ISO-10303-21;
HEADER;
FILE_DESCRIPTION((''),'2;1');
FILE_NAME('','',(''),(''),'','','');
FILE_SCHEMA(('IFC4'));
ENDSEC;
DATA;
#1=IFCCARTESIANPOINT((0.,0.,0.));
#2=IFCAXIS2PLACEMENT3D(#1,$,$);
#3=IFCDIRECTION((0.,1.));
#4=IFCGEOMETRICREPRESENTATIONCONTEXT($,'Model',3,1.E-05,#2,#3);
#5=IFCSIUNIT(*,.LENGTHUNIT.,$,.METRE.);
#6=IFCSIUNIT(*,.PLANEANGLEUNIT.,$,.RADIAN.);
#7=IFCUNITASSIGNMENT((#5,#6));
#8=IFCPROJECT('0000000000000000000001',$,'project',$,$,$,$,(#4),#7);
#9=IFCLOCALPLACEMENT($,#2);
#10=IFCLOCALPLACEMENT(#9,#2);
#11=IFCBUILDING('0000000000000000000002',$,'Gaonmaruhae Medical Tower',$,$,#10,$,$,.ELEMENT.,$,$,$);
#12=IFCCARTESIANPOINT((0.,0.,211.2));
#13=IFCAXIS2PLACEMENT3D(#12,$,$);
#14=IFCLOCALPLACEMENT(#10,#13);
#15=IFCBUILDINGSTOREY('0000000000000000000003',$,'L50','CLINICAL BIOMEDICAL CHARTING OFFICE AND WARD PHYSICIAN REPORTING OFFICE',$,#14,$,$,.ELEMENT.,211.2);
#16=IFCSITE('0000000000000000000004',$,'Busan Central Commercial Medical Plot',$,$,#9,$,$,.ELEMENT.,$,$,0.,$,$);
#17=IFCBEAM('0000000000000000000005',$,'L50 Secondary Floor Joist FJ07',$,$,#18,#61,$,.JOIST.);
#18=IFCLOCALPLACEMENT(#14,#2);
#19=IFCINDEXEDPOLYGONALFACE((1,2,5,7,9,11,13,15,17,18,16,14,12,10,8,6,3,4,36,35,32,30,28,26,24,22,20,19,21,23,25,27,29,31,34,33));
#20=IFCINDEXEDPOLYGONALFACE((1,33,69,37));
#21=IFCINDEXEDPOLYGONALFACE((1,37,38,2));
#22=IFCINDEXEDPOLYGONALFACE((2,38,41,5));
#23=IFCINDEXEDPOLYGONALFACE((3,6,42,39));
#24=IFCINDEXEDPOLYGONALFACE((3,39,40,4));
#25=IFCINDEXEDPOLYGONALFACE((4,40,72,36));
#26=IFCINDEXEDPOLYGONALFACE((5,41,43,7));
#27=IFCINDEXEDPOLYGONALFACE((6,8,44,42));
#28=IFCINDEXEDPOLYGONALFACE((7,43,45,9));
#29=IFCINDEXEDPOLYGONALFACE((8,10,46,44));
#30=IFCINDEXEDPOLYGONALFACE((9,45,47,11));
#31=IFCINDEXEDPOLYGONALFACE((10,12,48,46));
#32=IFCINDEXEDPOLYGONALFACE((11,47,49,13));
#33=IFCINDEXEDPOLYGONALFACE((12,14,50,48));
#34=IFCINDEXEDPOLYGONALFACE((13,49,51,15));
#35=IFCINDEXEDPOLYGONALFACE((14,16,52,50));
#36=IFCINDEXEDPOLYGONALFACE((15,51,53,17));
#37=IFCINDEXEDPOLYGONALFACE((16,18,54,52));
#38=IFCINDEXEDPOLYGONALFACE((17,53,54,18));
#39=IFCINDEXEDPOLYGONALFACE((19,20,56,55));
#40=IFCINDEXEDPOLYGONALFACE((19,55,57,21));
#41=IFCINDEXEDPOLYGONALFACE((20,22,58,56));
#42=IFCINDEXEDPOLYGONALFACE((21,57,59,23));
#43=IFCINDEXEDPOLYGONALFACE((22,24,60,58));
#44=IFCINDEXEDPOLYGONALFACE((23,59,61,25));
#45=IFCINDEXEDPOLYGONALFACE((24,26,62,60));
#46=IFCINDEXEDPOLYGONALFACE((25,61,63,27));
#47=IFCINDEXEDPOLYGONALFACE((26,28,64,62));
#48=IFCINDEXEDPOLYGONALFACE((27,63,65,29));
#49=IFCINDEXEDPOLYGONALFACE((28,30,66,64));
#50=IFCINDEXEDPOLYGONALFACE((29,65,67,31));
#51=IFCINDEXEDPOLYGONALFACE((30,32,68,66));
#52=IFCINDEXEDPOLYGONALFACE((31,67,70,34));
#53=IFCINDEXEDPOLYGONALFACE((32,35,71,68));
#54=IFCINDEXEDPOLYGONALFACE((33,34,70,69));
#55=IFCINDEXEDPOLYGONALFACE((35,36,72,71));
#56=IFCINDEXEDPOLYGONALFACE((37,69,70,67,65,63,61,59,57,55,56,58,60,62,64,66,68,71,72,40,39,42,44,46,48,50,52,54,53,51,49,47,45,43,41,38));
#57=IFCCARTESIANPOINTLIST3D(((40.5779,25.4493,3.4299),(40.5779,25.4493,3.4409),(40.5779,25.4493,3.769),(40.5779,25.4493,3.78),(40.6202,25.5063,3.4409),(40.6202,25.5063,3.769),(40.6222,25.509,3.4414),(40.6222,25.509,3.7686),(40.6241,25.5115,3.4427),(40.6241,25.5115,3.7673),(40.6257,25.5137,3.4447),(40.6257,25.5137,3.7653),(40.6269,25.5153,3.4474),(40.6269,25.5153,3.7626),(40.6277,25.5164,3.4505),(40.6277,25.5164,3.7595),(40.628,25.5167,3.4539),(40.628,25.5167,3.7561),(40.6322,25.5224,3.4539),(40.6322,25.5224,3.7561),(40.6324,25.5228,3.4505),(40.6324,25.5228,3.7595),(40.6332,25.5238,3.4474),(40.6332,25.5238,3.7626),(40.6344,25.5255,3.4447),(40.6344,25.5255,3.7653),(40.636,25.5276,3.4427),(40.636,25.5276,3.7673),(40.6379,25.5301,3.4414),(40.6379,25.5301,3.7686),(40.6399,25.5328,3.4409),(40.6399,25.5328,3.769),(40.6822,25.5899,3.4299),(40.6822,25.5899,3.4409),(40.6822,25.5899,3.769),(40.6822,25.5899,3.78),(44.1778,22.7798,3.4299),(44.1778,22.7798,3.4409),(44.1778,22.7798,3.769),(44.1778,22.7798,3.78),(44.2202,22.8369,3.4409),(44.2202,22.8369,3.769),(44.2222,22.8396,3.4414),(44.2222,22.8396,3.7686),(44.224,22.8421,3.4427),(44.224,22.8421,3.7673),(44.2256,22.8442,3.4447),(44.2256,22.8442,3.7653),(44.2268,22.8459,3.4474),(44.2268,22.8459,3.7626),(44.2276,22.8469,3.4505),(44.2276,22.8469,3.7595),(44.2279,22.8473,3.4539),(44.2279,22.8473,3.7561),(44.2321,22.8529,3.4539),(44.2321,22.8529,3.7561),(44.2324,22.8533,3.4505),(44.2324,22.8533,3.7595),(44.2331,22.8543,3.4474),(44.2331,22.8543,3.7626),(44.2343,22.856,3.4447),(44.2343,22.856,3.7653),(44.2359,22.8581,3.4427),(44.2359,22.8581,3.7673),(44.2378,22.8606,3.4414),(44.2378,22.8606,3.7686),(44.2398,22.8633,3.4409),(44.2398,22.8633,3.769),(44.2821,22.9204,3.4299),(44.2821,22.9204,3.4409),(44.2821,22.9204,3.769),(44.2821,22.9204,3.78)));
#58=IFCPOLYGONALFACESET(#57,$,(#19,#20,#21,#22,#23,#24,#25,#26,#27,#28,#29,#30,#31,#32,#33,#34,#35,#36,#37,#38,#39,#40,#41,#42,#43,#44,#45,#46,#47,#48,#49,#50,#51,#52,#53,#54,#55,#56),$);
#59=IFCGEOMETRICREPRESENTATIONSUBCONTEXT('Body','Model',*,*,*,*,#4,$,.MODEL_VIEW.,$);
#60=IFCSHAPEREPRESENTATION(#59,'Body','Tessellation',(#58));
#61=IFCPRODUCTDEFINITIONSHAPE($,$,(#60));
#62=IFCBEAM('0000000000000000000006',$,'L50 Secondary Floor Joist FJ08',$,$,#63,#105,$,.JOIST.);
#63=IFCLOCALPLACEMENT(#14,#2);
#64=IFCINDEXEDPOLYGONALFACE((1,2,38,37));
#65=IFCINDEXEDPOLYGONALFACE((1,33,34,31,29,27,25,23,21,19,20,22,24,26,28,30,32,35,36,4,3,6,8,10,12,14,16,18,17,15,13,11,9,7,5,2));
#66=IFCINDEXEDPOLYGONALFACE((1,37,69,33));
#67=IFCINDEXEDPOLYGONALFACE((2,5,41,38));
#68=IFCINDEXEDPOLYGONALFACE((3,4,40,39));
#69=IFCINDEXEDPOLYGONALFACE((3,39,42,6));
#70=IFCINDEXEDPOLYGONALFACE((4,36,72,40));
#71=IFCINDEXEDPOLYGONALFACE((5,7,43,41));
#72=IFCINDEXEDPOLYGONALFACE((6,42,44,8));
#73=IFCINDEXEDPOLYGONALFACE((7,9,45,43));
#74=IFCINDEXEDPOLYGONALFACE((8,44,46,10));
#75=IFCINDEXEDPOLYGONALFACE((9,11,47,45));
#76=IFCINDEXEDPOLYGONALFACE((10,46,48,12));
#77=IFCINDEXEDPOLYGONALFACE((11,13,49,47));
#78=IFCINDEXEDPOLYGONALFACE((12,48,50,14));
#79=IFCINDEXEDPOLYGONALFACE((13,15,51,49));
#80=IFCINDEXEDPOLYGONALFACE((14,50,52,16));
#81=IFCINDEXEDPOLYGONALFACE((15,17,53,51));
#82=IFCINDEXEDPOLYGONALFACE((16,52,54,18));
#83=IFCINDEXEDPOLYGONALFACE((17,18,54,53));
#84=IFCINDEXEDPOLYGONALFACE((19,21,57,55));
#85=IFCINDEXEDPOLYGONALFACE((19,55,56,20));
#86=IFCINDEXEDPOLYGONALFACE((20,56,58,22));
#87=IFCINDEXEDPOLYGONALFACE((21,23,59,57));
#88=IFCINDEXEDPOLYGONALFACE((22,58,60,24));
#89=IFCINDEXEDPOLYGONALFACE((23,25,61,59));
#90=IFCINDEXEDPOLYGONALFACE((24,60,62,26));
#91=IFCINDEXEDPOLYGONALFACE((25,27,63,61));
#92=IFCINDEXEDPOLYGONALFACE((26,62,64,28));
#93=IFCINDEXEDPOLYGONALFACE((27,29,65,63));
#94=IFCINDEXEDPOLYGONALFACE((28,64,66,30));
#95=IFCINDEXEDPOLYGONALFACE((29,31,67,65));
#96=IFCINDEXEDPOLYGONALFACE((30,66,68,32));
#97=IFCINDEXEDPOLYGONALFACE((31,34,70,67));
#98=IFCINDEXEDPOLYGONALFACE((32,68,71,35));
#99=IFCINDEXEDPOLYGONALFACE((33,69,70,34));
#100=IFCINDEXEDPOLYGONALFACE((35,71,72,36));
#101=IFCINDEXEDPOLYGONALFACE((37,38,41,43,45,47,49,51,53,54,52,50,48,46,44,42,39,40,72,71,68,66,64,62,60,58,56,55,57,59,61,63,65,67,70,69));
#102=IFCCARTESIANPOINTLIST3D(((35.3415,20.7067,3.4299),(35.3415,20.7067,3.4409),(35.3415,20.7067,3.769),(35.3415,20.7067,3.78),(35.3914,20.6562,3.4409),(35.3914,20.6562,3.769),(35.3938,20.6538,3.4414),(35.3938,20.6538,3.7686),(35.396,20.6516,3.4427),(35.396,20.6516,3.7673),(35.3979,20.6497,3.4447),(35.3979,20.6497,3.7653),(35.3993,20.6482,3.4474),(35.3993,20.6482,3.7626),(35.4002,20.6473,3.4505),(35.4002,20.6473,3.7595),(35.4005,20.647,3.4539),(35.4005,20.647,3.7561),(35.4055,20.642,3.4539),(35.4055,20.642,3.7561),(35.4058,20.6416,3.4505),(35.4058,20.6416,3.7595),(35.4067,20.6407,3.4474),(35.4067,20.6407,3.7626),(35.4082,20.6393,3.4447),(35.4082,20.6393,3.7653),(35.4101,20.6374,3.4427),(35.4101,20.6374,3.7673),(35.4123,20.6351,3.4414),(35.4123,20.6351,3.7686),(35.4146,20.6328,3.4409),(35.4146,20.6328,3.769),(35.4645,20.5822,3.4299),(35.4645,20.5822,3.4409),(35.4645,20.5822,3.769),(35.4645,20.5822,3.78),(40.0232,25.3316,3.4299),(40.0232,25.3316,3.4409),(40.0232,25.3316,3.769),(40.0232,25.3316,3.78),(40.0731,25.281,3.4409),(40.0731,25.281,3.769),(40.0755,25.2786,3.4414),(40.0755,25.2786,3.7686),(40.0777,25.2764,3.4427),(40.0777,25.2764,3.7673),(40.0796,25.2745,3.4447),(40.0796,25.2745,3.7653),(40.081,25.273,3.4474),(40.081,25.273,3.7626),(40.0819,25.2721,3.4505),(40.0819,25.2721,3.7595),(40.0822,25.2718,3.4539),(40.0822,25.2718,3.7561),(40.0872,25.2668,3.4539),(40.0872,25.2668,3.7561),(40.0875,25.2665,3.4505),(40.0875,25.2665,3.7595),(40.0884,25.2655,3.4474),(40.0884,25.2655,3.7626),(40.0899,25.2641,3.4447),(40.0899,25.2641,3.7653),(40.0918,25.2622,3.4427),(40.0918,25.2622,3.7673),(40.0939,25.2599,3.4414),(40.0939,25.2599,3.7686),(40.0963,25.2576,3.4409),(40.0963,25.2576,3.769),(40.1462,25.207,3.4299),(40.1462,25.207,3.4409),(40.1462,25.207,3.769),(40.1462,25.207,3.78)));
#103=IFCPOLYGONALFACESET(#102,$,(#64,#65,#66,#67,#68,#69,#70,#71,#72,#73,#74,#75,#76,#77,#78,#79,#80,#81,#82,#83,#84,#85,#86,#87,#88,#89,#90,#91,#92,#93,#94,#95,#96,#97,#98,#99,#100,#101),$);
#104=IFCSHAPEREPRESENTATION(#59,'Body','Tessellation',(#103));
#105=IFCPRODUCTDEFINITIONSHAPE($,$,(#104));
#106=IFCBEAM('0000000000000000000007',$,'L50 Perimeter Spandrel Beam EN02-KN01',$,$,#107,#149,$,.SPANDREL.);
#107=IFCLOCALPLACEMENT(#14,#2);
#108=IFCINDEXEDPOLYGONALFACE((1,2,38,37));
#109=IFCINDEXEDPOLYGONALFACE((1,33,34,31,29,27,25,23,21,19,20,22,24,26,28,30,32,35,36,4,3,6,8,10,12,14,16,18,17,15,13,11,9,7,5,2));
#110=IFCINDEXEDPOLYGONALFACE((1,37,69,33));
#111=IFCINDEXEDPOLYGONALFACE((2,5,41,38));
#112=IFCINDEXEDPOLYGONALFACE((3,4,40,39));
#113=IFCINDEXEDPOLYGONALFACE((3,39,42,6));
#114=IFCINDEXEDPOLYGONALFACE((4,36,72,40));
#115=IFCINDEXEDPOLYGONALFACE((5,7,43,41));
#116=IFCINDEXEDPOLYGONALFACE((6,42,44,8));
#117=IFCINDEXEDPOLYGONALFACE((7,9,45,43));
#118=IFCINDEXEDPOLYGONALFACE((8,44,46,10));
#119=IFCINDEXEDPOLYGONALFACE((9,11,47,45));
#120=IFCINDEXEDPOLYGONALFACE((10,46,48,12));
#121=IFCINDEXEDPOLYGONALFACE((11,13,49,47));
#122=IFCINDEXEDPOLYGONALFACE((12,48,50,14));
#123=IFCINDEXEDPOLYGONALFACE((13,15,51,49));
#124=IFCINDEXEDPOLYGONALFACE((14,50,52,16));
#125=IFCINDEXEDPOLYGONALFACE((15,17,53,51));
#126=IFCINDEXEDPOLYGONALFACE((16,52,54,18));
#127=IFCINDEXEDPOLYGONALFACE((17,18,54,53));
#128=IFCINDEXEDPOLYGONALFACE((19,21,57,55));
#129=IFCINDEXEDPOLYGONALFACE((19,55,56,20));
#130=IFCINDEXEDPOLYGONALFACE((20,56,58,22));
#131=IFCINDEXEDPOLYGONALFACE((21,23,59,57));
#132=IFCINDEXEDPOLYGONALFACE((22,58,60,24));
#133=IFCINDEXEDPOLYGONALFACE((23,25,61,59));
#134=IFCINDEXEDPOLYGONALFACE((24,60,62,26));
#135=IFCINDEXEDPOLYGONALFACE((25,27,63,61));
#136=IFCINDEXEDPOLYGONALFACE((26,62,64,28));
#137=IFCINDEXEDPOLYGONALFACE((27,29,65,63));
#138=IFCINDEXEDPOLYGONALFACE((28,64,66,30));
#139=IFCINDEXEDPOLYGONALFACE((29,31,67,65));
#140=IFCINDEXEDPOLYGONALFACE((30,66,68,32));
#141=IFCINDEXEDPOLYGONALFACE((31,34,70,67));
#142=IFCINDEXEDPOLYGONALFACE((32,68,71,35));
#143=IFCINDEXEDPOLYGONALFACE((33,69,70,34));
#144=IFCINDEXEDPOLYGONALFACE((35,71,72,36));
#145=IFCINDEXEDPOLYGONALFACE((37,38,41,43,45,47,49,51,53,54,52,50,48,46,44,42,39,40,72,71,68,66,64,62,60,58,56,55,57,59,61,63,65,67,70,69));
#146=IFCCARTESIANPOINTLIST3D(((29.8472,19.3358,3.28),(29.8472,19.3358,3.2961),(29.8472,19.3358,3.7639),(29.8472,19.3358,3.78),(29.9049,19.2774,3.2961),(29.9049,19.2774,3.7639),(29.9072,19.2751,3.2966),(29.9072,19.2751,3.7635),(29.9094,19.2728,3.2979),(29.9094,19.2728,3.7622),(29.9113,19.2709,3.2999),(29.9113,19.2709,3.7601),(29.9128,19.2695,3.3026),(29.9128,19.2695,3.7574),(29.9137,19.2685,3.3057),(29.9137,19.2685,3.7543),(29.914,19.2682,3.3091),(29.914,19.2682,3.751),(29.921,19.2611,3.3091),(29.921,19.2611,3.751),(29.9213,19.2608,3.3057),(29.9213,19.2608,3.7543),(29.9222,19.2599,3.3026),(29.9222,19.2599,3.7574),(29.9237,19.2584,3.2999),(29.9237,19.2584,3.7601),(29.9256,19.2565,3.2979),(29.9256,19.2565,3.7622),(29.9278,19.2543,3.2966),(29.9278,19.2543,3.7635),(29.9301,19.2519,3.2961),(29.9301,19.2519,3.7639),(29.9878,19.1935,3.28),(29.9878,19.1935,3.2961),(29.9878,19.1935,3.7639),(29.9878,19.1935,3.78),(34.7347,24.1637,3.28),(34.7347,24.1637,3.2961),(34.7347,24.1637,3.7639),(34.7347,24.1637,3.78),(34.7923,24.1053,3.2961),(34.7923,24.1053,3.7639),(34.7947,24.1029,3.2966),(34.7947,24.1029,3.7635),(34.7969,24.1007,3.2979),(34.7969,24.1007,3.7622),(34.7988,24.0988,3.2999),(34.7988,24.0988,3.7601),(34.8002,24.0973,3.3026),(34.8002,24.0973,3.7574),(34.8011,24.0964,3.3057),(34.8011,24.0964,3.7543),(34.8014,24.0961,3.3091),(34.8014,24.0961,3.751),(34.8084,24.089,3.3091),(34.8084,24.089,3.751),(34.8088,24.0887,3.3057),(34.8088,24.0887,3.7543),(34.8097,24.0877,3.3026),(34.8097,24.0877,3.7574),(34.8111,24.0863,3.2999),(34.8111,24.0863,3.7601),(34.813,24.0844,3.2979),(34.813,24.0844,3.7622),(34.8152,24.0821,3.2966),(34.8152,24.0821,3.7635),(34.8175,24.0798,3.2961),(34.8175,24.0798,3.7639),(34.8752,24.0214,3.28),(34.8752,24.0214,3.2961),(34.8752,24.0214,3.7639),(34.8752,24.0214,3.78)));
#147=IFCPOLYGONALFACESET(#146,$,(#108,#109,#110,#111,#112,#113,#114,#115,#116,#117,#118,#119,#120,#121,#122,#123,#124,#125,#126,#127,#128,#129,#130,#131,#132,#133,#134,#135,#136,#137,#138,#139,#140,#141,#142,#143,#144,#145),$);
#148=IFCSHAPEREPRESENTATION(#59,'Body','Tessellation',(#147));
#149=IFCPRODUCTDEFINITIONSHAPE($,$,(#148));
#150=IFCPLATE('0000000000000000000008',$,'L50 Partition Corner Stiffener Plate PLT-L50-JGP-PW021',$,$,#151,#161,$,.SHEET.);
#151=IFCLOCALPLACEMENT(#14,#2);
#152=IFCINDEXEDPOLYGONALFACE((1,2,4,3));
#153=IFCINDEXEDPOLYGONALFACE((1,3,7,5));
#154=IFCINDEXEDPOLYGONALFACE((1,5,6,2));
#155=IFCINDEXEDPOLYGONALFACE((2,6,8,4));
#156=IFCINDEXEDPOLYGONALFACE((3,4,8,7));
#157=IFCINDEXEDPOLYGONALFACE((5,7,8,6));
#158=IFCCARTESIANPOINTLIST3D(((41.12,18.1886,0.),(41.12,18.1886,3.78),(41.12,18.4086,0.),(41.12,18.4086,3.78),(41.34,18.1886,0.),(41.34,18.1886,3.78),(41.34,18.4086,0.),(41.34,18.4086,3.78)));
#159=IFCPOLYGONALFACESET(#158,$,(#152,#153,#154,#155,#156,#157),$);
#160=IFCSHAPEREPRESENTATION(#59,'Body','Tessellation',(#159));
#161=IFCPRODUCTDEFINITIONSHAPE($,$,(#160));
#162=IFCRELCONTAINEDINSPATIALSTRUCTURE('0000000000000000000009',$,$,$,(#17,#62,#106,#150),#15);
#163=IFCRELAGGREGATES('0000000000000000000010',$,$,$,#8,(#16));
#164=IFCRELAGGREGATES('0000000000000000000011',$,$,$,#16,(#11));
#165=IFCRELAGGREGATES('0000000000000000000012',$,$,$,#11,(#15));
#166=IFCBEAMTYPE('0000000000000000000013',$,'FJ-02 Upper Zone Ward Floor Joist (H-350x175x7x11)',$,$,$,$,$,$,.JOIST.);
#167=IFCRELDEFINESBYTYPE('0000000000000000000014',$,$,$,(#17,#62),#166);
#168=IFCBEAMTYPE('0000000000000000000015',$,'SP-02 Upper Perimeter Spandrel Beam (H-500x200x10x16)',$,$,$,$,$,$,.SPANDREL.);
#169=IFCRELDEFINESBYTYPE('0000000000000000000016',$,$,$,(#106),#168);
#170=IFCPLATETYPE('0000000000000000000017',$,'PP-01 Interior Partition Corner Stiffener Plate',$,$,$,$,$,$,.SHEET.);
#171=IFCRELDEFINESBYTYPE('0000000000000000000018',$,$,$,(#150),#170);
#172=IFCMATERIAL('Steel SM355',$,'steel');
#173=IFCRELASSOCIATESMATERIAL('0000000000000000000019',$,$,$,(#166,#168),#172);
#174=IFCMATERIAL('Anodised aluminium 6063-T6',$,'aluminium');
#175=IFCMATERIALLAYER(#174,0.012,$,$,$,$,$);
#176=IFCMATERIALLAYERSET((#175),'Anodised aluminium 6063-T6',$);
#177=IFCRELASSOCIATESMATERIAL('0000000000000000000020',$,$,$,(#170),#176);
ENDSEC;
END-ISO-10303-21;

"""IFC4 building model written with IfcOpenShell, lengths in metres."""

from ifc_helpers import new_model, si_unit, direction, frame, origin, origin_2d, place, context, subcontext, project, spatial, rectangle, i_section, extrude, material, layer, layer_set, material_profile, profile_set, type_object, element, save


model = new_model("IFC4")

# Units and contexts
model_context = context("Model", 3, precision=1e-05, world=origin(), true_north=direction((0.0, 1.0)))
body_context = subcontext(model_context, "Body", "Model", "MODEL_VIEW")
ifc_project = project(units=[si_unit("LENGTHUNIT", "METRE"), si_unit("PLANEANGLEUNIT", "RADIAN")], contexts=[model_context])

# Site, building, storey
site_placement = place(None, origin())
site = spatial("IfcSite", under=ifc_project, at=site_placement, Name="Busan Central Commercial Medical Plot", CompositionType="ELEMENT", RefElevation=0.0)
building_placement = place(site_placement, origin())
building = spatial("IfcBuilding", under=site, at=building_placement, Name="Gaonmaruhae Medical Tower", CompositionType="ELEMENT")
storey_placement = place(building_placement, frame((0.0, 0.0, 211.2)))
storey = spatial("IfcBuildingStorey", under=building, at=storey_placement, Name="L50", Description="CLINICAL BIOMEDICAL CHARTING OFFICE AND WARD PHYSICIAN REPORTING OFFICE", CompositionType="ELEMENT", Elevation=211.2)

# Beams
ifc_material_1 = material(Name="Steel SM355", Category="steel")
ifc_material_profile_1 = material_profile(ifc_material_1, i_section(OverallWidth=0.175, OverallDepth=0.3501, WebThickness=0.0071, FlangeThickness=0.011, FilletRadius=0.0129, at=origin_2d()), Name="H-350x175x7x11")
ifc_profile_set_1 = profile_set([ifc_material_profile_1], Name="Steel SM355")
beam_type_1 = type_object("IfcBeamType", Name="FJ-02 Upper Zone Ward Floor Joist (H-350x175x7x11)", PredefinedType="JOIST", material=ifc_profile_set_1)
beam_1_placement = place(storey_placement, frame((44.23, 22.8501, 3.605), z_axis=(-0.80325, 0.595642, 0.0), x_axis=(-0.595642, -0.80325, 0.0)))
element("IfcBeam", 1, at=beam_1_placement, inside=storey, type_object=beam_type_1, Name="L50 Secondary Floor Joist FJ07", PredefinedType="JOIST", context=body_context, shape_type="SweptSolid", body=[
    extrude(i_section(OverallWidth=0.175, OverallDepth=0.3501, WebThickness=0.0071, FlangeThickness=0.011, FilletRadius=0.0129, at=origin_2d()), origin(), (0.0, 0.0, 1.0), 4.4817),
])
beam_2_placement = place(storey_placement, frame((40.0847, 25.2693, 3.605), z_axis=(-0.711416, -0.702772, 0.0), x_axis=(0.702772, -0.711416, 0.0)))
element("IfcBeam", 2, at=beam_2_placement, inside=storey, type_object=beam_type_1, Name="L50 Secondary Floor Joist FJ08", PredefinedType="JOIST", context=body_context, shape_type="SweptSolid", body=[
    extrude(i_section(OverallWidth=0.175, OverallDepth=0.3501, WebThickness=0.0071, FlangeThickness=0.011, FilletRadius=0.0129, at=origin_2d()), origin(), (0.0, 0.0, 1.0), 6.5808),
])
ifc_material_profile_2 = material_profile(ifc_material_1, i_section(OverallWidth=0.2, OverallDepth=0.5, WebThickness=0.01, FlangeThickness=0.0161, FilletRadius=0.0129, at=origin_2d()), Name="H-500x200x10x16")
ifc_profile_set_2 = profile_set([ifc_material_profile_2], Name="Steel SM355")
beam_type_2 = type_object("IfcBeamType", Name="SP-02 Upper Perimeter Spandrel Beam (H-500x200x10x16)", PredefinedType="SPANDREL", material=ifc_profile_set_2)
beam_3_placement = place(storey_placement, frame((34.8049, 24.0925, 3.53), z_axis=(-0.711429, -0.702758, 0.0), x_axis=(0.702758, -0.711429, 0.0)))
element("IfcBeam", 3, at=beam_3_placement, inside=storey, type_object=beam_type_2, Name="L50 Perimeter Spandrel Beam EN02-KN01", PredefinedType="SPANDREL", context=body_context, shape_type="SweptSolid", body=[
    extrude(i_section(OverallWidth=0.2, OverallDepth=0.5, WebThickness=0.01, FlangeThickness=0.0161, FilletRadius=0.0129, at=origin_2d()), origin(), (0.0, 0.0, 1.0), 6.8699),
])

# Plate
ifc_material_2 = material(Name="Anodised aluminium 6063-T6", Category="aluminium")
ifc_layer_1 = layer(ifc_material_2, 0.012)
ifc_layer_set_1 = layer_set([ifc_layer_1], Name="Anodised aluminium 6063-T6")
plate_type = type_object("IfcPlateType", Name="PP-01 Interior Partition Corner Stiffener Plate", PredefinedType="SHEET", material=ifc_layer_set_1)
plate_placement = place(storey_placement, frame((41.23, 18.2986, 0.0), z_axis=(0.0, 0.0, 1.0), x_axis=(0.0, 1.0, 0.0)))
element("IfcPlate", 4, at=plate_placement, inside=storey, type_object=plate_type, Name="L50 Partition Corner Stiffener Plate PLT-L50-JGP-PW021", PredefinedType="SHEET", context=body_context, shape_type="SweptSolid", body=[
    extrude(rectangle(XDim=0.22, YDim=0.22, at=origin_2d()), origin(), (0.0, 0.0, 1.0), 3.78),
])

save(model, "model.ifc")
